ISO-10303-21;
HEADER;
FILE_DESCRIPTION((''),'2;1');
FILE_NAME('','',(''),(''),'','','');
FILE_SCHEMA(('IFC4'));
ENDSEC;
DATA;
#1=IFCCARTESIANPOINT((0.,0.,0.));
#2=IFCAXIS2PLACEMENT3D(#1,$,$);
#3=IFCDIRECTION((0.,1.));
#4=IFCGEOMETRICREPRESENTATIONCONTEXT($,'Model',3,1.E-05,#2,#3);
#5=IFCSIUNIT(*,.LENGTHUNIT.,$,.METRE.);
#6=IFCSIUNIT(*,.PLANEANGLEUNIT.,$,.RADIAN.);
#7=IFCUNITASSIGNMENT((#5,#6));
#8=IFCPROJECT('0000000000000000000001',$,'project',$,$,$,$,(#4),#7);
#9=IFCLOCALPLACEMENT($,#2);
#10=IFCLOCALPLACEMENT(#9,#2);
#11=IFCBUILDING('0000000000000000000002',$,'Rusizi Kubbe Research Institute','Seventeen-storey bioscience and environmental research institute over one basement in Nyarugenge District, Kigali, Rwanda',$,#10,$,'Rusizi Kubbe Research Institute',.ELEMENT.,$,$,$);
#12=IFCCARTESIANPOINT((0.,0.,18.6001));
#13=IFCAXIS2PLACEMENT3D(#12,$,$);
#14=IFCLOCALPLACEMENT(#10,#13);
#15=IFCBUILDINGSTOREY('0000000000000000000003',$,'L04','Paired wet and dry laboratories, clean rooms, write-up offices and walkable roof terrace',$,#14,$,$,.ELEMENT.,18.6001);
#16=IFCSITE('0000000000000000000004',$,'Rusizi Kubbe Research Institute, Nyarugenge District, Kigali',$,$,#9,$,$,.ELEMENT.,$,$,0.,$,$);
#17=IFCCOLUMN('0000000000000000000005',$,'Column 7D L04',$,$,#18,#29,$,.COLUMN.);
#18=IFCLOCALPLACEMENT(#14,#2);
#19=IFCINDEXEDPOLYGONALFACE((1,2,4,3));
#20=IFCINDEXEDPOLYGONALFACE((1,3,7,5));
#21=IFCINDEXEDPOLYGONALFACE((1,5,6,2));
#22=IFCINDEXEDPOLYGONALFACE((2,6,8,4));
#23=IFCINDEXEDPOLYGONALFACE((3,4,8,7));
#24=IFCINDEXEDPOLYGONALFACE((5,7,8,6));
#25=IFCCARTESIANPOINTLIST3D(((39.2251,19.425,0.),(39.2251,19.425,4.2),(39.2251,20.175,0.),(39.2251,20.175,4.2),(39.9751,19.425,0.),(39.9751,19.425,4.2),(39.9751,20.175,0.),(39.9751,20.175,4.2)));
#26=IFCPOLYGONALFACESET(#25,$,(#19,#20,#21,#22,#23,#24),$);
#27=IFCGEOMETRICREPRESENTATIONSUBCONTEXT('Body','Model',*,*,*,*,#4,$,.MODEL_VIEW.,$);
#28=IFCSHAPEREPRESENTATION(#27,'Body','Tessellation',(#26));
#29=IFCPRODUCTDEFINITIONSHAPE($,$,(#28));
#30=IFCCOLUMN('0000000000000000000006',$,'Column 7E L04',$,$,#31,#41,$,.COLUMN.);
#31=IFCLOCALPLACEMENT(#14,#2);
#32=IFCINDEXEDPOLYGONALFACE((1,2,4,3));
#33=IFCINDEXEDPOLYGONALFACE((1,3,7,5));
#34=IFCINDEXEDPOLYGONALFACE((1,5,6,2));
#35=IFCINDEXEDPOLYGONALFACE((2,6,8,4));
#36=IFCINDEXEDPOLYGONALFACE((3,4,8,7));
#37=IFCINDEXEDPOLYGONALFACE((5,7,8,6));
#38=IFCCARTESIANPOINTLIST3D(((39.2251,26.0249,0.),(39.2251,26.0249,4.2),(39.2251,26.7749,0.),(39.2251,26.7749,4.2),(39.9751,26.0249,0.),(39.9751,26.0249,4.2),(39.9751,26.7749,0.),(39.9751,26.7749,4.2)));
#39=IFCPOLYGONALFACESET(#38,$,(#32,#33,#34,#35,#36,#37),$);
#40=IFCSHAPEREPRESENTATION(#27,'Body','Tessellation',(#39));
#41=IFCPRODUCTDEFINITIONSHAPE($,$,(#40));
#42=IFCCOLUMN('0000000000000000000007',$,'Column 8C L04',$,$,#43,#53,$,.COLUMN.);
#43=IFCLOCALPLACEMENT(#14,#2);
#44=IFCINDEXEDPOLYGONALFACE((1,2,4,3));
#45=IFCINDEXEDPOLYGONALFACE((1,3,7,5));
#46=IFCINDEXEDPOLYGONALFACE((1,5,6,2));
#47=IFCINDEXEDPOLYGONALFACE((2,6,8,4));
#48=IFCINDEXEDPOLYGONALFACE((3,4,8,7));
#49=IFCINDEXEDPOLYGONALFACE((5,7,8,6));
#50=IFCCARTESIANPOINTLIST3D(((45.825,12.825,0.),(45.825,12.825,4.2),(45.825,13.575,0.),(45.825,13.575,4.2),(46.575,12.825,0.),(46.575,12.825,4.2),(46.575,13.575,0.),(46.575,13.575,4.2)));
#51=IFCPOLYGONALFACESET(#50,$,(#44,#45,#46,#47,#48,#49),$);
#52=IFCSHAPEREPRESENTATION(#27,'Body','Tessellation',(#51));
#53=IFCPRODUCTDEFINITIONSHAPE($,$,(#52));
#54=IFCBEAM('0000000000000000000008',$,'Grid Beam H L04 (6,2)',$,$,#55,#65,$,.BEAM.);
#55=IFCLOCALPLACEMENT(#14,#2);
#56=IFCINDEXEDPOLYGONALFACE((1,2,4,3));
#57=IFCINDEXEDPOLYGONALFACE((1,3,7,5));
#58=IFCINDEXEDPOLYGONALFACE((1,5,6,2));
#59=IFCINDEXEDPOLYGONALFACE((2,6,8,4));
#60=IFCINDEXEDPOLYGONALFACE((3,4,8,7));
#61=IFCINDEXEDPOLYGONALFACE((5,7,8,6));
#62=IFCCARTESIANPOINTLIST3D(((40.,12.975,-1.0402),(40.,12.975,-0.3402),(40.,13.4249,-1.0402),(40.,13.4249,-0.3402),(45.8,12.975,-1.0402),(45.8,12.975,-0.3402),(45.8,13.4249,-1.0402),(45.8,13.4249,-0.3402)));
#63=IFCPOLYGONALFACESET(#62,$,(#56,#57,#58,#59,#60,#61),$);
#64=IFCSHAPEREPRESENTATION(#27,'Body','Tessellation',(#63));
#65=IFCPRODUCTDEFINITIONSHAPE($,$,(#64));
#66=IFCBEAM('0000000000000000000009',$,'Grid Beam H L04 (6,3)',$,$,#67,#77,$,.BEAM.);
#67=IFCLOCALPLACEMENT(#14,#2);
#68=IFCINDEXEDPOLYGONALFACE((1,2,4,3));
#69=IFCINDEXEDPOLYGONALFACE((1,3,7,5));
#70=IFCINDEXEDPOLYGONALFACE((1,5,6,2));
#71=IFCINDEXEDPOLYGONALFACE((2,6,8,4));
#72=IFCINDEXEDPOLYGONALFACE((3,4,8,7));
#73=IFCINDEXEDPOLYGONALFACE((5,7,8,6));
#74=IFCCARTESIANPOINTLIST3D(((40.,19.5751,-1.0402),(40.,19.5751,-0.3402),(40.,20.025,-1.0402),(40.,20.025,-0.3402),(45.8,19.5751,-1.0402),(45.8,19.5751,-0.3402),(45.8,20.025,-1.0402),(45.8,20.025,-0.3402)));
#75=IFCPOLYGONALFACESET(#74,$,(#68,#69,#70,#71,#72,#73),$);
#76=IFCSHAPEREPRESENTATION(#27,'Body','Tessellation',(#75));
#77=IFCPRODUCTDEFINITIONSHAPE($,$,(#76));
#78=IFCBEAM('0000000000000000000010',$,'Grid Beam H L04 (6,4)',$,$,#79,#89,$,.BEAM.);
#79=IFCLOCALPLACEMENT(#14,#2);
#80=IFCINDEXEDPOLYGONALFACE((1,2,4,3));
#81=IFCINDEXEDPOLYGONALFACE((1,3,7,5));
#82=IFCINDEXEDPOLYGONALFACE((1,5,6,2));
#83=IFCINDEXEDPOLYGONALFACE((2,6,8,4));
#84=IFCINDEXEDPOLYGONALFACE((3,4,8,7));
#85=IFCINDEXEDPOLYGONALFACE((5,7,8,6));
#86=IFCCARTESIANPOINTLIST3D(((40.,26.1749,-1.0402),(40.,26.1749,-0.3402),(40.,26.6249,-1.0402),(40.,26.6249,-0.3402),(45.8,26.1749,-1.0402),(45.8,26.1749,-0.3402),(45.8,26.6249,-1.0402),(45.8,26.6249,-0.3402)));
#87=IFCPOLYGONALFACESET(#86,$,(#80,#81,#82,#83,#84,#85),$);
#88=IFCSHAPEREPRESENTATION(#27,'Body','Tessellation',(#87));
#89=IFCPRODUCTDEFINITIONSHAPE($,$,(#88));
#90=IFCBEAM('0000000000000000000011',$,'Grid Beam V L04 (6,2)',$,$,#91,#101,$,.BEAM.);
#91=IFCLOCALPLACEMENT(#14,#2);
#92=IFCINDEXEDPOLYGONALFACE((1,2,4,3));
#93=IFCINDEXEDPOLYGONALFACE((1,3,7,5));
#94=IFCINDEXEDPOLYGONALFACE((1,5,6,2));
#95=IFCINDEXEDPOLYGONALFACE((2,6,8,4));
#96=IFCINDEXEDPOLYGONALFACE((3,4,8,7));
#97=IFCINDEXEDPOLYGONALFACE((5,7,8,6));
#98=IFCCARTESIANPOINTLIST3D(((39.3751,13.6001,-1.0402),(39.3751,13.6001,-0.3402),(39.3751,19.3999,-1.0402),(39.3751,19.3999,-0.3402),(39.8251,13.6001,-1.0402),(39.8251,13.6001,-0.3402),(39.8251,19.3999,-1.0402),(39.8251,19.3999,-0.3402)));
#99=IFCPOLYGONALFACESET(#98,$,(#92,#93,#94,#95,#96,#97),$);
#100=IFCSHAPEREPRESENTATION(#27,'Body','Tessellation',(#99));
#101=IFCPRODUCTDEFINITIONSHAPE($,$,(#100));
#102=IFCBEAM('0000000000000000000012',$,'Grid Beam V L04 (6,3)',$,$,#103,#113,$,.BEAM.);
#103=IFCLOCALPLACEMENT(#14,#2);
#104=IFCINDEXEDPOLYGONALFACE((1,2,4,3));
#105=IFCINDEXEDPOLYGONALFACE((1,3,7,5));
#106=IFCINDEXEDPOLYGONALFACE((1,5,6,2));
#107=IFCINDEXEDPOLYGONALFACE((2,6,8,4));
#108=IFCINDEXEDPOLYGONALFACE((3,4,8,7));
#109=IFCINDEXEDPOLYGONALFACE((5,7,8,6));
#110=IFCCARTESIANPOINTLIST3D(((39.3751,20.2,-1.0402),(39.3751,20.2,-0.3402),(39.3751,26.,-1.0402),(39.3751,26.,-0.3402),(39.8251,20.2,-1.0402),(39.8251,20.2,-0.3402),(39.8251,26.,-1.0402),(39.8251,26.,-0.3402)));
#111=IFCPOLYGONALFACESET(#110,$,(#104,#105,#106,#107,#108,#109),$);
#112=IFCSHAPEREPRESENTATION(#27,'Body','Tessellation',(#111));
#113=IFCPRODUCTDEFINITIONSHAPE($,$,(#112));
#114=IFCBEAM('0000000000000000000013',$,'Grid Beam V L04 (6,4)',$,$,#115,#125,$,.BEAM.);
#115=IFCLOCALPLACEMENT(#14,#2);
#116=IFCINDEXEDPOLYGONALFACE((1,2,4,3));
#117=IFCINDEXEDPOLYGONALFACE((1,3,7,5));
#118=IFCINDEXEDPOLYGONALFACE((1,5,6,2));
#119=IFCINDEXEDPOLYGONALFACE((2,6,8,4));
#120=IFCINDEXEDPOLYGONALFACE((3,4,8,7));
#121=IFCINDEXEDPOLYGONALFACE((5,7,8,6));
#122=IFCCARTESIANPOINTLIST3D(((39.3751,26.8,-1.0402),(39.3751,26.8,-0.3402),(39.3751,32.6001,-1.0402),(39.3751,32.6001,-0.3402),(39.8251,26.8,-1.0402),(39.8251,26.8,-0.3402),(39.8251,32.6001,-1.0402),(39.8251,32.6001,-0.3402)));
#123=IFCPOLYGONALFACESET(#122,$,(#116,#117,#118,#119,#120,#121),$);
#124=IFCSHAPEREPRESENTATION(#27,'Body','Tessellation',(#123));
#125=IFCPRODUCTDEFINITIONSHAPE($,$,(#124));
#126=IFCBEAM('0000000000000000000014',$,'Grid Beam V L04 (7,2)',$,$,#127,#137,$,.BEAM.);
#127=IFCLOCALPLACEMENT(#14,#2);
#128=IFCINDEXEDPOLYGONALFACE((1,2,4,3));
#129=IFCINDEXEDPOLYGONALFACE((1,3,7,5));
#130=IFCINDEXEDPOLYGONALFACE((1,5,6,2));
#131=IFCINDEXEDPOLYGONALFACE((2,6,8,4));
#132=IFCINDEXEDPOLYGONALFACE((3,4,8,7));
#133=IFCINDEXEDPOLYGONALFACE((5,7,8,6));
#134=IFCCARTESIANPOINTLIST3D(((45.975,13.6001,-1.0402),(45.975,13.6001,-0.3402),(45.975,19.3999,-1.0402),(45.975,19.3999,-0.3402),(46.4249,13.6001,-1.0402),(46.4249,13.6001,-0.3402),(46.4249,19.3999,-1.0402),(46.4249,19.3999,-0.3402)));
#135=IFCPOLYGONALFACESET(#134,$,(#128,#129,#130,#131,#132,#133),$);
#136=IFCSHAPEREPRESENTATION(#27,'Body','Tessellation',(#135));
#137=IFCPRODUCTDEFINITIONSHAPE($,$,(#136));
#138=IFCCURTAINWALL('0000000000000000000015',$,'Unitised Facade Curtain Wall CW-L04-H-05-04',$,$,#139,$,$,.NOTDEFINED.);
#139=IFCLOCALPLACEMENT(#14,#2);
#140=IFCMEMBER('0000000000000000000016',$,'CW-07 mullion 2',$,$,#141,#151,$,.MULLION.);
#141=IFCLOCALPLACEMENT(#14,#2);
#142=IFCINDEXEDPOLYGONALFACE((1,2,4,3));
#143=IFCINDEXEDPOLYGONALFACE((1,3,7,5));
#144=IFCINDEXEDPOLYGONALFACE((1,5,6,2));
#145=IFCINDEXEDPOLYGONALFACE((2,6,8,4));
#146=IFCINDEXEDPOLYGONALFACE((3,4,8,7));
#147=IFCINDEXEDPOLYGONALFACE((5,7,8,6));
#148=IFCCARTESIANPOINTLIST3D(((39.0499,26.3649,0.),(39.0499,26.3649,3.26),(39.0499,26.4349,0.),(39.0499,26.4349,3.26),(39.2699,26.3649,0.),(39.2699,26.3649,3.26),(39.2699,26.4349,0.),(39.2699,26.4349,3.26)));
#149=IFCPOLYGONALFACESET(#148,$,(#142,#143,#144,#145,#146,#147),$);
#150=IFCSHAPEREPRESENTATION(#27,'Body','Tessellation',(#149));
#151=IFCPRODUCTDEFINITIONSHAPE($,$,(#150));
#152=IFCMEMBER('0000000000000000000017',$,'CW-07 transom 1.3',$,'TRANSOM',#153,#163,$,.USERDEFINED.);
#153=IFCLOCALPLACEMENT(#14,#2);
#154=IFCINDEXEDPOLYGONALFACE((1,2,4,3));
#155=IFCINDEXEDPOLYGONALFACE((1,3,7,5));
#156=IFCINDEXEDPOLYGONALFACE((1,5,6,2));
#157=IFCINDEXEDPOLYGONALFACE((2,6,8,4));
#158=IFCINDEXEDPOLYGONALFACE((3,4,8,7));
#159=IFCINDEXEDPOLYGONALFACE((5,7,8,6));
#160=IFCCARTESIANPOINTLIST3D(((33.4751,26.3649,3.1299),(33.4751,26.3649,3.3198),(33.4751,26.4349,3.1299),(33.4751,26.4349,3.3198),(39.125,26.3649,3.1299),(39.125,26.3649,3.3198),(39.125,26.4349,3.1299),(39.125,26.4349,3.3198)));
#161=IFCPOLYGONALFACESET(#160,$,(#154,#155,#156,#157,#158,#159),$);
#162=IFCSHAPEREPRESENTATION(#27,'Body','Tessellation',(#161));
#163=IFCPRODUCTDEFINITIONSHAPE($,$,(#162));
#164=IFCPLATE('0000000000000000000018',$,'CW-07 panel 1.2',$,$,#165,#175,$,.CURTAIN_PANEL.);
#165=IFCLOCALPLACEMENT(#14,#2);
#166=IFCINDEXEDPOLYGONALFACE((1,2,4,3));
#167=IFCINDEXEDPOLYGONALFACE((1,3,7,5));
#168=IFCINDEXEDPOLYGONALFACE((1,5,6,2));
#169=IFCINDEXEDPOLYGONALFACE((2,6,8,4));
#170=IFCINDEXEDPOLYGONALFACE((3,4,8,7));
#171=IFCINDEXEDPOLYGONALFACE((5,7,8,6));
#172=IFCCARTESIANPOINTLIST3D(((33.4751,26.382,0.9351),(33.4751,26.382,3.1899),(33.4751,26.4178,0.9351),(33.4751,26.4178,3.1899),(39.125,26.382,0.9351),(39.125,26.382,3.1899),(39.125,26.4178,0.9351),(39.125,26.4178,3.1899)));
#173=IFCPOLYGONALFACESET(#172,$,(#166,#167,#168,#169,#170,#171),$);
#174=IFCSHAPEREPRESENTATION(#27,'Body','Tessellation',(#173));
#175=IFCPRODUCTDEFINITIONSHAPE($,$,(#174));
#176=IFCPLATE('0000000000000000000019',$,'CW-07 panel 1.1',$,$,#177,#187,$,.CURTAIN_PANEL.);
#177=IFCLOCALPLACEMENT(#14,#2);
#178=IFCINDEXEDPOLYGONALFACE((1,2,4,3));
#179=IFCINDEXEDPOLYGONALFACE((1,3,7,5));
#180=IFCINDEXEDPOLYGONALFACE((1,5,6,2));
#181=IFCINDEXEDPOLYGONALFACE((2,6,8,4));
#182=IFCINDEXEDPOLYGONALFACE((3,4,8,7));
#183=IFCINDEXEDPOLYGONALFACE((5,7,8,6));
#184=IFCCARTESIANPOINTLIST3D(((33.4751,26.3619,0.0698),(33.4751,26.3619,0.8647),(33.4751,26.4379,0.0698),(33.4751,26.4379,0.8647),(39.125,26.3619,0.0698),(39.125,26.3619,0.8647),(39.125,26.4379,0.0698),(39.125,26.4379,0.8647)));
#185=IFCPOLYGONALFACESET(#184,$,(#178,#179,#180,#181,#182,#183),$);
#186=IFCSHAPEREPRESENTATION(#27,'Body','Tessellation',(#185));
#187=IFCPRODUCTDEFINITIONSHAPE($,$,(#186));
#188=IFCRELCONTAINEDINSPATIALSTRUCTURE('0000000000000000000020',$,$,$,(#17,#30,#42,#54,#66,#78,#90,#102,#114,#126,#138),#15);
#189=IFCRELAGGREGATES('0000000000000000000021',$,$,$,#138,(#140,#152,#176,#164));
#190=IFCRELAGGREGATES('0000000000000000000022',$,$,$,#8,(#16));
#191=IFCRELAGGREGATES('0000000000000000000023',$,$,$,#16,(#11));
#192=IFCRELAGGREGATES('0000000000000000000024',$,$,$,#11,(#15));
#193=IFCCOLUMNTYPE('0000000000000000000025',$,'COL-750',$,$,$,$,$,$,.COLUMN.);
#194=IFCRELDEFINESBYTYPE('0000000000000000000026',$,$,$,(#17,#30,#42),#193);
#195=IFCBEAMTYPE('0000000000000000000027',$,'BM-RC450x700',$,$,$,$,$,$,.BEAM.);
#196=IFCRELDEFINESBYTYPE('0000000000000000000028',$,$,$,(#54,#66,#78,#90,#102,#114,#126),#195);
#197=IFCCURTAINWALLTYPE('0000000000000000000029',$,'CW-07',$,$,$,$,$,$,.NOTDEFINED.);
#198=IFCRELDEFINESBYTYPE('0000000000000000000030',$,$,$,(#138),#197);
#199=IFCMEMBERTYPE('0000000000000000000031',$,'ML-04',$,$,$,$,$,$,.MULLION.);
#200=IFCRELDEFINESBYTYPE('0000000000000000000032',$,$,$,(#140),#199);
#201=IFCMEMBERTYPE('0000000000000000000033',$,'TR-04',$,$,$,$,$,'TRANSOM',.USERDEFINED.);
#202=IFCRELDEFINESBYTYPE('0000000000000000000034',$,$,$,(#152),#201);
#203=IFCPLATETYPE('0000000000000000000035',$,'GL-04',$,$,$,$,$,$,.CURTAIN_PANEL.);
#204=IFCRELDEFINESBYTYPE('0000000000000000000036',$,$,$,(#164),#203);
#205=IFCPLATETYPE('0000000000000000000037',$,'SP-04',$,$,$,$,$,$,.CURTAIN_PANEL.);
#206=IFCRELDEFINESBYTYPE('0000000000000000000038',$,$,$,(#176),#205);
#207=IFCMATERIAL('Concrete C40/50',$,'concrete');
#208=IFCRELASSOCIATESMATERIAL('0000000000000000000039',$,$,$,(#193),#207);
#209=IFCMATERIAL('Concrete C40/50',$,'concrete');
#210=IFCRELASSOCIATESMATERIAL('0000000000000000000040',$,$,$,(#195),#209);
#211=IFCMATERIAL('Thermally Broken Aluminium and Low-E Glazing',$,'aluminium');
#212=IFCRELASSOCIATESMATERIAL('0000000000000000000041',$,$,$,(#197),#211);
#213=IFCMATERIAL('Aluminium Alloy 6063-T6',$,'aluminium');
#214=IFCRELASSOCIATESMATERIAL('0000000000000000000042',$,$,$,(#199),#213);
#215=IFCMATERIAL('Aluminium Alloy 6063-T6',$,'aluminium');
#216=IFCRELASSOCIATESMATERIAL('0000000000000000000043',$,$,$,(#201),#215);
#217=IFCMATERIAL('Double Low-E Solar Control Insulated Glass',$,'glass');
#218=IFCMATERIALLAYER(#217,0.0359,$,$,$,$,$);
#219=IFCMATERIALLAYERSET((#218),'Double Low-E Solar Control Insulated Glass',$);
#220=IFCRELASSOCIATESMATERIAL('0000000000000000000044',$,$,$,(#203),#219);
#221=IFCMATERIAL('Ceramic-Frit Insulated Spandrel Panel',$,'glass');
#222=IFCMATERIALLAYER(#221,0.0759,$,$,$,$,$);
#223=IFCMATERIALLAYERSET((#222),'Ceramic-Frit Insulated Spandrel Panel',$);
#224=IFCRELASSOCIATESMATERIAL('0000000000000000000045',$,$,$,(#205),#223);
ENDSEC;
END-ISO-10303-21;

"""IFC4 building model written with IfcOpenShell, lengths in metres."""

from ifc_helpers import new_model, si_unit, direction, frame, origin, origin_2d, place, context, subcontext, project, spatial, rectangle, extrude, material, layer, layer_set, material_profile, profile_set, type_object, element, aggregate, save


model = new_model("IFC4")

# Units and contexts
model_context = context("Model", 3, precision=1e-05, world=origin(), true_north=direction((0.0, 1.0)))
body_context = subcontext(model_context, "Body", "Model", "MODEL_VIEW")
ifc_project = project(units=[si_unit("LENGTHUNIT", "METRE"), si_unit("PLANEANGLEUNIT", "RADIAN")], contexts=[model_context])

# Site, building, storey
site_placement = place(None, origin())
site = spatial("IfcSite", under=ifc_project, at=site_placement, Name="Rusizi Kubbe Research Institute, Nyarugenge District, Kigali", CompositionType="ELEMENT", RefElevation=0.0)
building_placement = place(site_placement, origin())
building = spatial("IfcBuilding", under=site, at=building_placement, Name="Rusizi Kubbe Research Institute", Description="Seventeen-storey bioscience and environmental research institute over one basement in Nyarugenge District, Kigali, Rwanda", LongName="Rusizi Kubbe Research Institute", CompositionType="ELEMENT")
storey_placement = place(building_placement, frame((0.0, 0.0, 18.6001)))
storey = spatial("IfcBuildingStorey", under=building, at=storey_placement, Name="L04", Description="Paired wet and dry laboratories, clean rooms, write-up offices and walkable roof terrace", CompositionType="ELEMENT", Elevation=18.6001)

# Columns
ifc_material_1 = material(Name="Concrete C40/50", Category="concrete")
ifc_material_profile_1 = material_profile(ifc_material_1, rectangle(XDim=0.75, YDim=0.75, at=origin_2d()), Name="RC750x750")
ifc_profile_set_1 = profile_set([ifc_material_profile_1], Name="Concrete C40/50")
column_type = type_object("IfcColumnType", Name="COL-750", PredefinedType="COLUMN", material=ifc_profile_set_1)
for number, where, z_axis, x_axis, name in (
    (1, (39.6001, 19.8, 0.0), (0.0, 0.0, 1.0), (1.0, 0.0, 0.0), "Column 7D L04"),
    (2, (39.6001, 26.3999, 0.0), (0.0, 0.0, 1.0), (1.0, 0.0, 0.0), "Column 7E L04"),
    (3, (46.2, 13.2, 0.0), (0.0, 0.0, 1.0), (1.0, 0.0, 0.0), "Column 8C L04"),
):
    element("IfcColumn", number, at=place(storey_placement, frame(where, z_axis=z_axis, x_axis=x_axis)), inside=storey, type_object=column_type, Name=name, PredefinedType="COLUMN", context=body_context, shape_type="SweptSolid", body=[
        extrude(rectangle(XDim=0.75, YDim=0.75, at=origin_2d()), origin(), (0.0, 0.0, 1.0), 4.2),
    ])

# Beams
ifc_material_2 = material(Name="Concrete C40/50", Category="concrete")
ifc_material_profile_2 = material_profile(ifc_material_2, rectangle(XDim=0.45, YDim=0.7, at=origin_2d()), Name="RC450x700B")
ifc_profile_set_2 = profile_set([ifc_material_profile_2], Name="Concrete C40/50")
beam_type = type_object("IfcBeamType", Name="BM-RC450x700", PredefinedType="BEAM", material=ifc_profile_set_2)
for number, where, z_axis, x_axis, name in (
    (4, (40.0, 13.2, -0.6902), (1.0, 0.0, 0.0), (0.0, 1.0, 0.0), "Grid Beam H L04 (6,2)"),
    (5, (40.0, 19.8, -0.6902), (1.0, 0.0, 0.0), (0.0, 1.0, 0.0), "Grid Beam H L04 (6,3)"),
    (6, (40.0, 26.3999, -0.6902), (1.0, 0.0, 0.0), (0.0, 1.0, 0.0), "Grid Beam H L04 (6,4)"),
):
    element("IfcBeam", number, at=place(storey_placement, frame(where, z_axis=z_axis, x_axis=x_axis)), inside=storey, type_object=beam_type, Name=name, PredefinedType="BEAM", context=body_context, shape_type="SweptSolid", body=[
        extrude(rectangle(XDim=0.45, YDim=0.7, at=origin_2d()), origin(), (0.0, 0.0, 1.0), 5.8),
    ])
beam_1_placement = place(storey_placement, frame((39.6001, 13.6001, -0.6902), z_axis=(0.0, 1.0, 0.0), x_axis=(-1.0, 0.0, 0.0)))
element("IfcBeam", 7, at=beam_1_placement, inside=storey, type_object=beam_type, Name="Grid Beam V L04 (6,2)", PredefinedType="BEAM", context=body_context, shape_type="SweptSolid", body=[
    extrude(rectangle(XDim=0.45, YDim=0.7, at=origin_2d()), origin(), (0.0, 0.0, 1.0), 5.7998),
])
for number, where, z_axis, x_axis, name in (
    (8, (39.6001, 20.2, -0.6902), (0.0, 1.0, 0.0), (-1.0, 0.0, 0.0), "Grid Beam V L04 (6,3)"),
    (9, (39.6001, 26.8, -0.6902), (0.0, 1.0, 0.0), (-1.0, 0.0, 0.0), "Grid Beam V L04 (6,4)"),
):
    element("IfcBeam", number, at=place(storey_placement, frame(where, z_axis=z_axis, x_axis=x_axis)), inside=storey, type_object=beam_type, Name=name, PredefinedType="BEAM", context=body_context, shape_type="SweptSolid", body=[
        extrude(rectangle(XDim=0.45, YDim=0.7, at=origin_2d()), origin(), (0.0, 0.0, 1.0), 5.8),
    ])
beam_2_placement = place(storey_placement, frame((46.2, 13.6001, -0.6902), z_axis=(0.0, 1.0, 0.0), x_axis=(-1.0, 0.0, 0.0)))
element("IfcBeam", 10, at=beam_2_placement, inside=storey, type_object=beam_type, Name="Grid Beam V L04 (7,2)", PredefinedType="BEAM", context=body_context, shape_type="SweptSolid", body=[
    extrude(rectangle(XDim=0.45, YDim=0.7, at=origin_2d()), origin(), (0.0, 0.0, 1.0), 5.7998),
])

# Curtain wall, members, plates
ifc_material_3 = material(Name="Thermally Broken Aluminium and Low-E Glazing", Category="aluminium")
curtain_wall_type = type_object("IfcCurtainWallType", Name="CW-07", PredefinedType="NOTDEFINED", material=ifc_material_3)
curtain_wall_placement = place(storey_placement, origin())
curtain_wall = element("IfcCurtainWall", 11, at=curtain_wall_placement, inside=storey, type_object=curtain_wall_type, Name="Unitised Facade Curtain Wall CW-L04-H-05-04", PredefinedType="NOTDEFINED")
ifc_material_4 = material(Name="Aluminium Alloy 6063-T6", Category="aluminium")
ifc_material_profile_3 = material_profile(ifc_material_4, rectangle(XDim=0.0701, YDim=0.22, at=origin_2d()), Name="ALU-M 70x220")
ifc_profile_set_3 = profile_set([ifc_material_profile_3], Name="Aluminium Alloy 6063-T6")
member_type_1 = type_object("IfcMemberType", Name="ML-04", PredefinedType="MULLION", material=ifc_profile_set_3)
member_1_placement = place(storey_placement, frame((39.1599, 26.3999, 0.0), z_axis=(0.0, 0.0, 1.0), x_axis=(0.0, 1.0, 0.0)))
member_1 = element("IfcMember", 12, at=member_1_placement, type_object=member_type_1, Name="CW-07 mullion 2", PredefinedType="MULLION", context=body_context, shape_type="SweptSolid", body=[
    extrude(rectangle(XDim=0.0701, YDim=0.22, at=origin_2d()), origin(), (0.0, 0.0, 1.0), 3.26),
])
ifc_material_5 = material(Name="Aluminium Alloy 6063-T6", Category="aluminium")
ifc_material_profile_4 = material_profile(ifc_material_5, rectangle(XDim=0.0701, YDim=0.1899, at=origin_2d()), Name="ALU-T 70x190")
ifc_profile_set_4 = profile_set([ifc_material_profile_4], Name="Aluminium Alloy 6063-T6")
member_type_2 = type_object("IfcMemberType", Name="TR-04", ElementType="TRANSOM", PredefinedType="USERDEFINED", material=ifc_profile_set_4)
member_2_placement = place(storey_placement, frame((33.4751, 26.3999, 3.2249), z_axis=(1.0, 0.0, 0.0), x_axis=(0.0, 1.0, 0.0)))
member_2 = element("IfcMember", 13, at=member_2_placement, type_object=member_type_2, Name="CW-07 transom 1.3", ObjectType="TRANSOM", PredefinedType="USERDEFINED", context=body_context, shape_type="SweptSolid", body=[
    extrude(rectangle(XDim=0.0701, YDim=0.1899, at=origin_2d()), origin(), (0.0, 0.0, 1.0), 5.6499),
])
ifc_material_6 = material(Name="Double Low-E Solar Control Insulated Glass", Category="glass")
ifc_layer_1 = layer(ifc_material_6, 0.0359)
ifc_layer_set_1 = layer_set([ifc_layer_1], Name="Double Low-E Solar Control Insulated Glass")
plate_type_1 = type_object("IfcPlateType", Name="GL-04", PredefinedType="CURTAIN_PANEL", material=ifc_layer_set_1)
plate_1_placement = place(storey_placement, frame((36.3, 26.3999, 0.9351), z_axis=(0.0, 0.0, 1.0), x_axis=(1.0, 0.0, 0.0)))
plate_1 = element("IfcPlate", 14, at=plate_1_placement, type_object=plate_type_1, Name="CW-07 panel 1.2", PredefinedType="CURTAIN_PANEL", context=body_context, shape_type="SweptSolid", body=[
    extrude(rectangle(XDim=5.6499, YDim=0.0359, at=origin_2d()), origin(), (0.0, 0.0, 1.0), 2.2549),
])
ifc_material_7 = material(Name="Ceramic-Frit Insulated Spandrel Panel", Category="glass")
ifc_layer_2 = layer(ifc_material_7, 0.0759)
ifc_layer_set_2 = layer_set([ifc_layer_2], Name="Ceramic-Frit Insulated Spandrel Panel")
plate_type_2 = type_object("IfcPlateType", Name="SP-04", PredefinedType="CURTAIN_PANEL", material=ifc_layer_set_2)
plate_2_placement = place(storey_placement, frame((36.3, 26.3999, 0.0698), z_axis=(0.0, 0.0, 1.0), x_axis=(1.0, 0.0, 0.0)))
plate_2 = element("IfcPlate", 15, at=plate_2_placement, type_object=plate_type_2, Name="CW-07 panel 1.1", PredefinedType="CURTAIN_PANEL", context=body_context, shape_type="SweptSolid", body=[
    extrude(rectangle(XDim=5.6499, YDim=0.0759, at=origin_2d()), origin(), (0.0, 0.0, 1.0), 0.7949),
])
aggregate(curtain_wall, [member_1, member_2, plate_2, plate_1])

save(model, "model.ifc")
